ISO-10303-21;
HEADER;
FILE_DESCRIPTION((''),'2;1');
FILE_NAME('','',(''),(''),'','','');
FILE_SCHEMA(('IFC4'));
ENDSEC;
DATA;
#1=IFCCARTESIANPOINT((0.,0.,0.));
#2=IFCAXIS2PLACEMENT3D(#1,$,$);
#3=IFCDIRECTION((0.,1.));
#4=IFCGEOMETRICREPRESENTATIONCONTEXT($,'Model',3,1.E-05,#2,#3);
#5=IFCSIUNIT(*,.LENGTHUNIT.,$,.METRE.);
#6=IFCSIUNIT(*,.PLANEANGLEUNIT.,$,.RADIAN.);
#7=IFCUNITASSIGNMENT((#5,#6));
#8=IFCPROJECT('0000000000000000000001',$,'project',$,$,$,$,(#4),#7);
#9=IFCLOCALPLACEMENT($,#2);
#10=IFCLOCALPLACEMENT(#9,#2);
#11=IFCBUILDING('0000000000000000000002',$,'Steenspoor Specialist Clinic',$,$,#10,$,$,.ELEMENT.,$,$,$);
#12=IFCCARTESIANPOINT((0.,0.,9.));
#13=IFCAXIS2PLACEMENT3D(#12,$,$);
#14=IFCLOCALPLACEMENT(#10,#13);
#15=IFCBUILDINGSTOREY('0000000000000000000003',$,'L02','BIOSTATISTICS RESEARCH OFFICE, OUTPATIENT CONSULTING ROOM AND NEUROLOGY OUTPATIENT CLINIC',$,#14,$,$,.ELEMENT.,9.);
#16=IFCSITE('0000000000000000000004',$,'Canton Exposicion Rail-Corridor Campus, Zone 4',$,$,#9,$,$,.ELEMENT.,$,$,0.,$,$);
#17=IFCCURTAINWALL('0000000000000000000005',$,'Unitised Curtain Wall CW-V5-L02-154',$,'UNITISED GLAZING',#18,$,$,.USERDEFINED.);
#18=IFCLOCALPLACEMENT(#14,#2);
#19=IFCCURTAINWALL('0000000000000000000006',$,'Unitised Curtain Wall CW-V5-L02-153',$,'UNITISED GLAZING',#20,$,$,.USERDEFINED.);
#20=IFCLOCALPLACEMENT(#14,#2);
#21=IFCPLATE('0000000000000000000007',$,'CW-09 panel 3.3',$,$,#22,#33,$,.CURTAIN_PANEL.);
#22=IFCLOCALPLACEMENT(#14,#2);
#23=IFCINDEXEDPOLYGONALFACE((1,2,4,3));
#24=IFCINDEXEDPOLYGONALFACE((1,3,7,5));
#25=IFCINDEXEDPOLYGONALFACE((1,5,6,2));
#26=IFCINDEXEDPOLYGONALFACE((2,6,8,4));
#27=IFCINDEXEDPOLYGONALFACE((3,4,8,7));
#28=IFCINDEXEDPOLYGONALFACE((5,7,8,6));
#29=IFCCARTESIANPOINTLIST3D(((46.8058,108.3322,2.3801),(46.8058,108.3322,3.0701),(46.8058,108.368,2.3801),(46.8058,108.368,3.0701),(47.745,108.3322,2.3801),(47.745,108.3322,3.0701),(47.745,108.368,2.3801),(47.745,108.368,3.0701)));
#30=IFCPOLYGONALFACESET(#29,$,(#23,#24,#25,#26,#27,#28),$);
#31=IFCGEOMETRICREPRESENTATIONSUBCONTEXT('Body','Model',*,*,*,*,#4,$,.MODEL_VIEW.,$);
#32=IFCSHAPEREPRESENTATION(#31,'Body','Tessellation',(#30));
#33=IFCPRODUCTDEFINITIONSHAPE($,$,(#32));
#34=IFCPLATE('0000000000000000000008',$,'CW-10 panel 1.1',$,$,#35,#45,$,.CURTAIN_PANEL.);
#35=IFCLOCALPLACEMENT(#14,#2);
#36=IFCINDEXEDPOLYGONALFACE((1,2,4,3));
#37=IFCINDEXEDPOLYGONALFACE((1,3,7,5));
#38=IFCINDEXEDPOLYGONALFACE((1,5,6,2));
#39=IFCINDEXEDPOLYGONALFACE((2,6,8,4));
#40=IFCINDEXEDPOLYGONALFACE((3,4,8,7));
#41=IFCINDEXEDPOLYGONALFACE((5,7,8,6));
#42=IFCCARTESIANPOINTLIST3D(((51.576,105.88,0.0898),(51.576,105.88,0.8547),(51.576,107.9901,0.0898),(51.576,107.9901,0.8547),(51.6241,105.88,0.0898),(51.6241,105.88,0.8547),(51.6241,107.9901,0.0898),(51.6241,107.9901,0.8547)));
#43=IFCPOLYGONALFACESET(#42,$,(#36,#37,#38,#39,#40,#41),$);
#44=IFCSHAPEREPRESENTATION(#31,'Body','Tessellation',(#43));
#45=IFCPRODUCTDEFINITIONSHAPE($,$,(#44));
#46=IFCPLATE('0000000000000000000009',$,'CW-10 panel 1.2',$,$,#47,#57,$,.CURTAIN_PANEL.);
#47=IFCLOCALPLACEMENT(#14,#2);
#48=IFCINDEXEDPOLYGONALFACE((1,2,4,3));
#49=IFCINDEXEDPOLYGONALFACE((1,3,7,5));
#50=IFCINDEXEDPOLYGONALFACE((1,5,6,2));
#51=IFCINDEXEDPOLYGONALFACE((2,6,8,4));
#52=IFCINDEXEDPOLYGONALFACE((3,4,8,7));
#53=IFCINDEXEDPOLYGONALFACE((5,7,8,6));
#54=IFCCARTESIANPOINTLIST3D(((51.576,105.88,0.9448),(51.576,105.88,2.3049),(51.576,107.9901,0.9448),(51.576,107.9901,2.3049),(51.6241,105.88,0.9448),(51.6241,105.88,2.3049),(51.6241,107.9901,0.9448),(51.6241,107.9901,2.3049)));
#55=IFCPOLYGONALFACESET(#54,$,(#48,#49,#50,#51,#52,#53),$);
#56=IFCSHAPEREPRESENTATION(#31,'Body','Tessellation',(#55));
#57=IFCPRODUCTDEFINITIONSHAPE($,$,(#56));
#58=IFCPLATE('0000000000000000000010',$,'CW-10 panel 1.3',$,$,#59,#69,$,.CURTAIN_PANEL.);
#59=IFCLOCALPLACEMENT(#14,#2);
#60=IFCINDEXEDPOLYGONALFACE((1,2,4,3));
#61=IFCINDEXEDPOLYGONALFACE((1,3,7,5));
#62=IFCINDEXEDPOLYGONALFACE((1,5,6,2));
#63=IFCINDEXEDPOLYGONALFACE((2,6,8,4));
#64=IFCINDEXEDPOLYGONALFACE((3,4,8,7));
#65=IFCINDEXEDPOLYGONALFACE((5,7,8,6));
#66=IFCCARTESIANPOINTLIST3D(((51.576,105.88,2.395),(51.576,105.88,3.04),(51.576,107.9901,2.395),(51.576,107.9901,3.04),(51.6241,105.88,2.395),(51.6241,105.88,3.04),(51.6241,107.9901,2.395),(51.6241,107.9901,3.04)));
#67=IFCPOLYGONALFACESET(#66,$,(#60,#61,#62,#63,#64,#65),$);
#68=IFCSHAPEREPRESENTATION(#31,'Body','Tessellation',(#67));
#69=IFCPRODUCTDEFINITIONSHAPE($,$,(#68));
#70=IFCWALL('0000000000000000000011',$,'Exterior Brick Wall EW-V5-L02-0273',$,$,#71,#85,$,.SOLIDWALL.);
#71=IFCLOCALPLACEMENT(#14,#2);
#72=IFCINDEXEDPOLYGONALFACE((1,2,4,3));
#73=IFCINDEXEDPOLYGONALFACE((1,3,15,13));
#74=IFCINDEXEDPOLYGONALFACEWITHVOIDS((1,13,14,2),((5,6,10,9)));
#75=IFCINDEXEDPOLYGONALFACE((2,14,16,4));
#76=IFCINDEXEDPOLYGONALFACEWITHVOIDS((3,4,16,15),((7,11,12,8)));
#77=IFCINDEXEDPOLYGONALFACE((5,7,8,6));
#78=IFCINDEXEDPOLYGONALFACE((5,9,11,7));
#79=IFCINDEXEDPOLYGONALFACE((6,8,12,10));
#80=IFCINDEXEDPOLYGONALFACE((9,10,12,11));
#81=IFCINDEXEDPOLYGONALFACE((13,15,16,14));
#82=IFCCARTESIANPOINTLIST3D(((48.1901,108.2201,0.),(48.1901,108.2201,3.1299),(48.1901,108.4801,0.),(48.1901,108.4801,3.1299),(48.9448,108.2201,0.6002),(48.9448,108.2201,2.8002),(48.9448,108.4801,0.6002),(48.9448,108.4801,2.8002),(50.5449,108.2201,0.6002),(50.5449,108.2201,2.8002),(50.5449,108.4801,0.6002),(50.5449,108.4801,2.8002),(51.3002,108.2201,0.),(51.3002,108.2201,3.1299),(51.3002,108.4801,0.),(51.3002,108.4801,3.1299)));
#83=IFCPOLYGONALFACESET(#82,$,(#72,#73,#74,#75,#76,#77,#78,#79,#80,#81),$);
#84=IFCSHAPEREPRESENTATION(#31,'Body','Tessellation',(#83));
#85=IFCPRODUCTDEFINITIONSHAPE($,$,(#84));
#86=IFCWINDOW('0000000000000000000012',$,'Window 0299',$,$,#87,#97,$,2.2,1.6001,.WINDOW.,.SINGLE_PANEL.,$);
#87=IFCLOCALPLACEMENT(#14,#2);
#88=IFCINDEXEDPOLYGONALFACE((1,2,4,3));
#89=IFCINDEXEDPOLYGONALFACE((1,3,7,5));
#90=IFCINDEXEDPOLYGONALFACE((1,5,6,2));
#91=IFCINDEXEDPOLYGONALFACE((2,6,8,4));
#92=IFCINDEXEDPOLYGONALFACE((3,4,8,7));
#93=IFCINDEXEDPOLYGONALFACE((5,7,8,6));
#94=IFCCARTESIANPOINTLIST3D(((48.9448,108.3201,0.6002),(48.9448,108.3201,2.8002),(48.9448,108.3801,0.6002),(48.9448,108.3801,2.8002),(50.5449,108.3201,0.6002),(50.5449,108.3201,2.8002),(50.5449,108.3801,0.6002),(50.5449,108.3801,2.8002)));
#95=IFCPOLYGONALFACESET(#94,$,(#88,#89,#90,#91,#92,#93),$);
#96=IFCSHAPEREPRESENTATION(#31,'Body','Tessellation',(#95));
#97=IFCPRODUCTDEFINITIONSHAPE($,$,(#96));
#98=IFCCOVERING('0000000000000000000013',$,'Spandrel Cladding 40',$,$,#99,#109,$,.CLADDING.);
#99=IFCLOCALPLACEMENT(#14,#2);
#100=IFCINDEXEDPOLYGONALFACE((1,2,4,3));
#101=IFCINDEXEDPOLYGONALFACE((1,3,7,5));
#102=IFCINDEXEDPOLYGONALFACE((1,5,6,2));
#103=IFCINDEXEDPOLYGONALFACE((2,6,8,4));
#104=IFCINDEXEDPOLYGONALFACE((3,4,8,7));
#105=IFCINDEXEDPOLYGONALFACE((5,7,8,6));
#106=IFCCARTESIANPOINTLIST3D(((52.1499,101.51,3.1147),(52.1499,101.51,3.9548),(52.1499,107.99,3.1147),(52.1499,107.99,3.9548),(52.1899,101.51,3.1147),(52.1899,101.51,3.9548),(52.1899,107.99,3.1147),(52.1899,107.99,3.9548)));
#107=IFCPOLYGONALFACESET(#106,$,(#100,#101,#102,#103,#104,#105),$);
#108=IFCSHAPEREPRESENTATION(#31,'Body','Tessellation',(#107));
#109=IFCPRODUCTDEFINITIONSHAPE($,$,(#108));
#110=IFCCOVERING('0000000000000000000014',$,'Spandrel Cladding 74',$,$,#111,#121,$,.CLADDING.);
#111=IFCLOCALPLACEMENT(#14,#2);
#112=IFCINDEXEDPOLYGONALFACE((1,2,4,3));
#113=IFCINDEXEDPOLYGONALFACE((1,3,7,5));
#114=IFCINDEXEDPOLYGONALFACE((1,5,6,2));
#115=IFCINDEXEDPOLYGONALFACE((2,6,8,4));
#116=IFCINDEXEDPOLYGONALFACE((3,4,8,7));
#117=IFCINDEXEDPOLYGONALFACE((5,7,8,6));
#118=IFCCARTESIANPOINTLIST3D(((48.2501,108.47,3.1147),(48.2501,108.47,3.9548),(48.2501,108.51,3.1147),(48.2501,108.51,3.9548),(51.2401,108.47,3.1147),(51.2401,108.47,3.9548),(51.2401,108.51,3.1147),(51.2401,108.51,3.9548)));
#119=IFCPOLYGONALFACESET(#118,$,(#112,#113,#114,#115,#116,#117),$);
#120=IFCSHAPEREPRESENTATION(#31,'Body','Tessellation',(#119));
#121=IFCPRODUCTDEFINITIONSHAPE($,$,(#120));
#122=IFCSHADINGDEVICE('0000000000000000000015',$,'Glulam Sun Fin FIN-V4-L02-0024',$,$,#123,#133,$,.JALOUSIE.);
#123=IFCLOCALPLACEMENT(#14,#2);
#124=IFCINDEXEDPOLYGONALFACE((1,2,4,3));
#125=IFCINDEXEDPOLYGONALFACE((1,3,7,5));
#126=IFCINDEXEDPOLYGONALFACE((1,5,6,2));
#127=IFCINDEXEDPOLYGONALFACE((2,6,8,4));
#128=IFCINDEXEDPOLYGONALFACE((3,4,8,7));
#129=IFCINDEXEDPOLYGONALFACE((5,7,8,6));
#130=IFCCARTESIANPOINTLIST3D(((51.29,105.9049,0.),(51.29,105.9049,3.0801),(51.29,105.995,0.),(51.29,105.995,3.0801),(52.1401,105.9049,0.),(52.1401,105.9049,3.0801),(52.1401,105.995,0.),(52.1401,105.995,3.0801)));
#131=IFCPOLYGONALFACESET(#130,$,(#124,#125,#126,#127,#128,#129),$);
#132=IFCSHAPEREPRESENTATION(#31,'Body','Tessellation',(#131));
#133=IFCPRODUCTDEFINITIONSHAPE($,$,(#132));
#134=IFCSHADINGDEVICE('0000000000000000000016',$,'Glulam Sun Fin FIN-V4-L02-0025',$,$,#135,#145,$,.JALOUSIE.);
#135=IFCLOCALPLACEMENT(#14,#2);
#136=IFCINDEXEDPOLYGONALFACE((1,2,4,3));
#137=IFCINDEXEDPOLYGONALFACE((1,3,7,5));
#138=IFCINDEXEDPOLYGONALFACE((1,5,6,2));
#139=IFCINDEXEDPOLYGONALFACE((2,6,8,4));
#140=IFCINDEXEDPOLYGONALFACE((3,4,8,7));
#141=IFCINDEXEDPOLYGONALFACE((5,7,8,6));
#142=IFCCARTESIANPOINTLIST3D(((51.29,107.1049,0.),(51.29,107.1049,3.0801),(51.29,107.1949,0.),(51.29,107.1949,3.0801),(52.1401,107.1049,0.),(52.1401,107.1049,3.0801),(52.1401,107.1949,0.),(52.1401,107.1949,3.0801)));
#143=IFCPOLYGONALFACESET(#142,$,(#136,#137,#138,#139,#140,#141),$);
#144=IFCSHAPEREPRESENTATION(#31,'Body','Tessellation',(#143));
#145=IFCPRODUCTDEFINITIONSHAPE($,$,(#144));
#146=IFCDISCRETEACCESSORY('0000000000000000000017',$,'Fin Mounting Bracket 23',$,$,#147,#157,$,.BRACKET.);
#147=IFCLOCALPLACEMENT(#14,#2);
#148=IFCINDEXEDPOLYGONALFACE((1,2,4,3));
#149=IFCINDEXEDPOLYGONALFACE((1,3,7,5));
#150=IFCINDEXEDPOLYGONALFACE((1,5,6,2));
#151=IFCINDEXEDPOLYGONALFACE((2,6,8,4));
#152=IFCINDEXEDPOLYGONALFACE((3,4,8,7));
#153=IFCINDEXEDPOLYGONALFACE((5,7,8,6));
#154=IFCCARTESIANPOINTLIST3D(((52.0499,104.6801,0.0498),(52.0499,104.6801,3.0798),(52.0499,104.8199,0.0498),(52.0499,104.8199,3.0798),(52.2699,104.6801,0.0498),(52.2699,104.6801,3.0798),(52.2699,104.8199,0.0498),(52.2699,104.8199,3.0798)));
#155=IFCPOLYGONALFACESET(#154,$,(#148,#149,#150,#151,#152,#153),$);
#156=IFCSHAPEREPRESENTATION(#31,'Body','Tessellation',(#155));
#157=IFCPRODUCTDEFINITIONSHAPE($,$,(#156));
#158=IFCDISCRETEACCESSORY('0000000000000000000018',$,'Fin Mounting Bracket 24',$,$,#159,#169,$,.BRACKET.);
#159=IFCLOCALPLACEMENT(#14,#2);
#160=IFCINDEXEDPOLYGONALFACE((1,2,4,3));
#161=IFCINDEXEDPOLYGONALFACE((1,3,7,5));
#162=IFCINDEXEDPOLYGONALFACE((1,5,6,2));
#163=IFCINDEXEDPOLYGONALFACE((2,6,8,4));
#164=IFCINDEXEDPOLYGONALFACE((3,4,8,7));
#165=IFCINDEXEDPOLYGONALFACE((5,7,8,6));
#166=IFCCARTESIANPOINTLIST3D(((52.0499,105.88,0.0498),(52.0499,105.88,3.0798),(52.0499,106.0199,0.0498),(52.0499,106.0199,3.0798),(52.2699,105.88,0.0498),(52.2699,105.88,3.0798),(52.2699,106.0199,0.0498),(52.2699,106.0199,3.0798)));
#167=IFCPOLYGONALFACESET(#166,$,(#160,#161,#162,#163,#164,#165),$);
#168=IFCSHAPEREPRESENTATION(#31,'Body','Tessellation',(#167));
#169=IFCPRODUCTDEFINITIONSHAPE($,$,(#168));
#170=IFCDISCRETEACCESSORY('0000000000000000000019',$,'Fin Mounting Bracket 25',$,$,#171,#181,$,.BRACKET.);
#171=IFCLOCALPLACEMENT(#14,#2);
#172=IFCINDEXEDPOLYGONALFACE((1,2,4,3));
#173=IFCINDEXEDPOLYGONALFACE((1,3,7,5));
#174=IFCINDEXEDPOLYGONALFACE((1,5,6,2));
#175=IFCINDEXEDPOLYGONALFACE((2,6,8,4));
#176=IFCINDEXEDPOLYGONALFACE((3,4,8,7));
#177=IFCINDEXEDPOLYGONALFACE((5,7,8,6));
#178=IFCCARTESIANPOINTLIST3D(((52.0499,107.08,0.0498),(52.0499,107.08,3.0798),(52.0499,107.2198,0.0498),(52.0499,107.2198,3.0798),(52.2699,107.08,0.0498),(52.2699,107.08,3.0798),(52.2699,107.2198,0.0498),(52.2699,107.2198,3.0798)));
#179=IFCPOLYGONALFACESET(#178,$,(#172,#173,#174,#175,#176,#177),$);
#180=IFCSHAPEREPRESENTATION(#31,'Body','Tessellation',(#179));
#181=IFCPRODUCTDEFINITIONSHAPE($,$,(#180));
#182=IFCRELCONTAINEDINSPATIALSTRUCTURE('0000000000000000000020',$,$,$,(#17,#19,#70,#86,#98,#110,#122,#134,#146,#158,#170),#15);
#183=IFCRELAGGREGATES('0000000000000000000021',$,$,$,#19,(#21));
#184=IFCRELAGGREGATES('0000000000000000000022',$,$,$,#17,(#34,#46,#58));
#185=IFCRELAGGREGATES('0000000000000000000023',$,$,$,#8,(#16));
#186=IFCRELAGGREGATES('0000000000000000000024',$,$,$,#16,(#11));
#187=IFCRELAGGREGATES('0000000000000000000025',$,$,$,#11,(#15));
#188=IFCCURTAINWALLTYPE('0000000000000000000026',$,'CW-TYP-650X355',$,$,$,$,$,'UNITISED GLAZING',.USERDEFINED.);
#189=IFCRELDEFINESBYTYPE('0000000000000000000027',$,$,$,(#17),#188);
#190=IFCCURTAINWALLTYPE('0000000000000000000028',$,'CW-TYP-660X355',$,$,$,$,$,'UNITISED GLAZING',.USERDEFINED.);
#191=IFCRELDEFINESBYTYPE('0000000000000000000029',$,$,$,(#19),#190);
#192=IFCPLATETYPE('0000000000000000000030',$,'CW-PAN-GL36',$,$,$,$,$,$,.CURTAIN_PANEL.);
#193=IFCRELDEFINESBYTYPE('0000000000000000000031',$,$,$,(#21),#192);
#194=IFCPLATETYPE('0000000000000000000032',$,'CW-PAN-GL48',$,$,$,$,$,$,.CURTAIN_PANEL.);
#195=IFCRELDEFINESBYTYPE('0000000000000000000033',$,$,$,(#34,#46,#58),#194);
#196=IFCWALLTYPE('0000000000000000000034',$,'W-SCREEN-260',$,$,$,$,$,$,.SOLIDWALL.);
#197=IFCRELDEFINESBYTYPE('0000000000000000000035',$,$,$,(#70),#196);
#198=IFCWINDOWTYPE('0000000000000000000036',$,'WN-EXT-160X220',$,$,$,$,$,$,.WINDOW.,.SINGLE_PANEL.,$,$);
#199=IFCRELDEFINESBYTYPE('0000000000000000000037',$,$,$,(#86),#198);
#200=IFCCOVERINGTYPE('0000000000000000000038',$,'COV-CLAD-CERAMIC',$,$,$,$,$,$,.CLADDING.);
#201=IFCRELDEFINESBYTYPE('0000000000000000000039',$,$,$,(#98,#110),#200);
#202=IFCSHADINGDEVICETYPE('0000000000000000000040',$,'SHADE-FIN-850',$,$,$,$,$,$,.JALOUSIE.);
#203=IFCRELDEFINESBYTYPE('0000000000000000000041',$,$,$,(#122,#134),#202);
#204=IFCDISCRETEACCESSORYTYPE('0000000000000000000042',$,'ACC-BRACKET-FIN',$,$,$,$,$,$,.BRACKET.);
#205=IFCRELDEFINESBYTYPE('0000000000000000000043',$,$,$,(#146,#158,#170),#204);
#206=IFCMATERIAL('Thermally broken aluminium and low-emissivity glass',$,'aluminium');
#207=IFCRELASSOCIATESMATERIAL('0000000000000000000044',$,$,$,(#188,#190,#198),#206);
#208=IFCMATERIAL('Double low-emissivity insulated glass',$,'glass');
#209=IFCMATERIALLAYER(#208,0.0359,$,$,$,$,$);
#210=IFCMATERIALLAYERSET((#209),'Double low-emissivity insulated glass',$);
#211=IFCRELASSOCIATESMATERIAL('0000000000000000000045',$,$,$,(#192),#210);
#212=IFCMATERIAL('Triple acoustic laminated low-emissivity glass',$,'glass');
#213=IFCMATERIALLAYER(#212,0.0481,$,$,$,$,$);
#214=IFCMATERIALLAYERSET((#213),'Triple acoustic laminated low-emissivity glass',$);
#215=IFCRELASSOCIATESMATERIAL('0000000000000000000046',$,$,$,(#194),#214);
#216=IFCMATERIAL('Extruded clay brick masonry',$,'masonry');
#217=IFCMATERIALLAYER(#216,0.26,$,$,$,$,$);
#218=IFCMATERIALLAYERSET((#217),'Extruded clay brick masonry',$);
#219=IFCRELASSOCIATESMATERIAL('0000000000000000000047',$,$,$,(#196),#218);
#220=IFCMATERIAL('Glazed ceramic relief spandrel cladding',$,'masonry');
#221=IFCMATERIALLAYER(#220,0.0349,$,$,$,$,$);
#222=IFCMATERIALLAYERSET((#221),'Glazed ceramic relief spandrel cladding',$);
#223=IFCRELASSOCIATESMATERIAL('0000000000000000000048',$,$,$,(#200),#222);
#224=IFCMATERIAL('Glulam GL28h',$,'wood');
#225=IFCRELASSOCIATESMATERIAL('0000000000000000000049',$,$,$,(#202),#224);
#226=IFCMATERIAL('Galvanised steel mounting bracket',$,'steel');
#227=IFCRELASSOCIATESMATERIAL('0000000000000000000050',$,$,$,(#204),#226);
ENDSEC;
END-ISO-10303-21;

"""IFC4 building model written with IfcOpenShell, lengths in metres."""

from ifc_helpers import new_model, si_unit, direction, frame, frame_2d, origin, origin_2d, place, context, subcontext, project, spatial, rectangle, extrude, material, layer, layer_set, material_profile, profile_set, type_object, element, fill, aggregate, save


model = new_model("IFC4")

# Units and contexts
model_context = context("Model", 3, precision=1e-05, world=origin(), true_north=direction((0.0, 1.0)))
body_context = subcontext(model_context, "Body", "Model", "MODEL_VIEW")
ifc_project = project(units=[si_unit("LENGTHUNIT", "METRE"), si_unit("PLANEANGLEUNIT", "RADIAN")], contexts=[model_context])

# Site, building, storey
site_placement = place(None, origin())
site = spatial("IfcSite", under=ifc_project, at=site_placement, Name="Canton Exposicion Rail-Corridor Campus, Zone 4", CompositionType="ELEMENT", RefElevation=0.0)
building_placement = place(site_placement, origin())
building = spatial("IfcBuilding", under=site, at=building_placement, Name="Steenspoor Specialist Clinic", CompositionType="ELEMENT")
storey_placement = place(building_placement, frame((0.0, 0.0, 9.0)))
storey = spatial("IfcBuildingStorey", under=building, at=storey_placement, Name="L02", Description="BIOSTATISTICS RESEARCH OFFICE, OUTPATIENT CONSULTING ROOM AND NEUROLOGY OUTPATIENT CLINIC", CompositionType="ELEMENT", Elevation=9.0)

# Curtain wall
ifc_material_1 = material(Name="Thermally broken aluminium and low-emissivity glass", Category="aluminium")
curtain_wall_type_1 = type_object("IfcCurtainWallType", Name="CW-TYP-650X355", ElementType="UNITISED GLAZING", PredefinedType="USERDEFINED", material=ifc_material_1)
curtain_wall_1_placement = place(storey_placement, origin())
curtain_wall_1 = element("IfcCurtainWall", 1, at=curtain_wall_1_placement, inside=storey, type_object=curtain_wall_type_1, Name="Unitised Curtain Wall CW-V5-L02-154", ObjectType="UNITISED GLAZING", PredefinedType="USERDEFINED")

# Curtain wall
curtain_wall_type_2 = type_object("IfcCurtainWallType", Name="CW-TYP-660X355", ElementType="UNITISED GLAZING", PredefinedType="USERDEFINED", material=ifc_material_1)
curtain_wall_2_placement = place(storey_placement, origin())
curtain_wall_2 = element("IfcCurtainWall", 2, at=curtain_wall_2_placement, inside=storey, type_object=curtain_wall_type_2, Name="Unitised Curtain Wall CW-V5-L02-153", ObjectType="UNITISED GLAZING", PredefinedType="USERDEFINED")

# Plates
ifc_material_2 = material(Name="Double low-emissivity insulated glass", Category="glass")
ifc_layer_1 = layer(ifc_material_2, 0.0359)
ifc_layer_set_1 = layer_set([ifc_layer_1], Name="Double low-emissivity insulated glass")
plate_type_1 = type_object("IfcPlateType", Name="CW-PAN-GL36", PredefinedType="CURTAIN_PANEL", material=ifc_layer_set_1)
plate_1_placement = place(storey_placement, frame((47.2754, 108.3501, 2.3801), z_axis=(0.0, 0.0, 1.0), x_axis=(1.0, 0.0, 0.0)))
plate_1 = element("IfcPlate", 3, at=plate_1_placement, type_object=plate_type_1, Name="CW-09 panel 3.3", PredefinedType="CURTAIN_PANEL", context=body_context, shape_type="SweptSolid", body=[
    extrude(rectangle(XDim=0.9392, YDim=0.0359, at=origin_2d()), origin(), (0.0, 0.0, 1.0), 0.6899),
])
aggregate(curtain_wall_2, [plate_1])
ifc_material_3 = material(Name="Triple acoustic laminated low-emissivity glass", Category="glass")
ifc_layer_2 = layer(ifc_material_3, 0.0481)
ifc_layer_set_2 = layer_set([ifc_layer_2], Name="Triple acoustic laminated low-emissivity glass")
plate_type_2 = type_object("IfcPlateType", Name="CW-PAN-GL48", PredefinedType="CURTAIN_PANEL", material=ifc_layer_set_2)
plate_2_placement = place(storey_placement, frame((51.6001, 106.9351, 0.0898), z_axis=(0.0, 0.0, 1.0), x_axis=(0.0, -1.0, 0.0)))
plate_2 = element("IfcPlate", 4, at=plate_2_placement, type_object=plate_type_2, Name="CW-10 panel 1.1", PredefinedType="CURTAIN_PANEL", context=body_context, shape_type="SweptSolid", body=[
    extrude(rectangle(XDim=2.1101, YDim=0.0481, at=origin_2d()), origin(), (0.0, 0.0, 1.0), 0.7649),
])
plate_3_placement = place(storey_placement, frame((51.6001, 106.9351, 0.9448), z_axis=(0.0, 0.0, 1.0), x_axis=(0.0, -1.0, 0.0)))
plate_3 = element("IfcPlate", 5, at=plate_3_placement, type_object=plate_type_2, Name="CW-10 panel 1.2", PredefinedType="CURTAIN_PANEL", context=body_context, shape_type="SweptSolid", body=[
    extrude(rectangle(XDim=2.1101, YDim=0.0481, at=origin_2d()), origin(), (0.0, 0.0, 1.0), 1.3601),
])
plate_4_placement = place(storey_placement, frame((51.6001, 106.9351, 2.395), z_axis=(0.0, 0.0, 1.0), x_axis=(0.0, -1.0, 0.0)))
plate_4 = element("IfcPlate", 6, at=plate_4_placement, type_object=plate_type_2, Name="CW-10 panel 1.3", PredefinedType="CURTAIN_PANEL", context=body_context, shape_type="SweptSolid", body=[
    extrude(rectangle(XDim=2.1101, YDim=0.0481, at=origin_2d()), origin(), (0.0, 0.0, 1.0), 0.645),
])
aggregate(curtain_wall_1, [plate_2, plate_3, plate_4])

# Wall, opening, window
ifc_material_4 = material(Name="Extruded clay brick masonry", Category="masonry")
ifc_layer_3 = layer(ifc_material_4, 0.26)
ifc_layer_set_3 = layer_set([ifc_layer_3], Name="Extruded clay brick masonry")
wall_type = type_object("IfcWallType", Name="W-SCREEN-260", PredefinedType="SOLIDWALL", material=ifc_layer_set_3)
wall_placement = place(storey_placement, frame((48.1899, 108.3501, 0.0), z_axis=(0.0, 0.0, 1.0), x_axis=(1.0, 0.0, 0.0)))
wall = element("IfcWall", 7, at=wall_placement, inside=storey, type_object=wall_type, Name="Exterior Brick Wall EW-V5-L02-0273", PredefinedType="SOLIDWALL", context=body_context, shape_type="SweptSolid", body=[
    extrude(rectangle(XDim=3.1101, YDim=0.26, at=frame_2d((1.5552, 0.0))), origin(), (0.0, 0.0, 1.0), 3.1299),
])
opening_placement = place(wall_placement, frame((0.7549, 0.0, 0.6001)))
opening = element("IfcOpeningElement", 8, at=opening_placement, cuts=wall, PredefinedType="OPENING", context=body_context, shape_type="SweptSolid", body=[
    extrude(rectangle(XDim=1.6001, YDim=2.2, at=frame_2d((0.8, 1.1001))), frame((0.0, 0.1401, 0.0), z_axis=(0.0, -1.0, 0.0), x_axis=(1.0, 0.0, 0.0)), (0.0, 0.0, 1.0), 0.28),
])
window_type = type_object("IfcWindowType", Name="WN-EXT-160X220", PartitioningType="SINGLE_PANEL", PredefinedType="WINDOW", material=ifc_material_1)
window_placement = place(opening_placement, origin())
window = element("IfcWindow", 9, at=window_placement, inside=storey, type_object=window_type, Name="Window 0299", OverallHeight=2.2, OverallWidth=1.6001, PartitioningType="SINGLE_PANEL", PredefinedType="WINDOW", context=body_context, shape_type="SweptSolid", body=[
    extrude(rectangle(XDim=1.6001, YDim=2.2, at=frame_2d((0.8, 1.1001))), frame((0.0, 0.03, 0.0), z_axis=(0.0, -1.0, 0.0), x_axis=(1.0, 0.0, 0.0)), (0.0, 0.0, 1.0), 0.0601),
])
fill(opening, window)

# Coverings
ifc_material_5 = material(Name="Glazed ceramic relief spandrel cladding", Category="masonry")
ifc_layer_4 = layer(ifc_material_5, 0.0349)
ifc_layer_set_4 = layer_set([ifc_layer_4], Name="Glazed ceramic relief spandrel cladding")
covering_type = type_object("IfcCoveringType", Name="COV-CLAD-CERAMIC", PredefinedType="CLADDING", material=ifc_layer_set_4)
covering_1_placement = place(storey_placement, frame((52.1699, 104.75, 3.1147), z_axis=(0.0, 0.0, 1.0), x_axis=(0.0, 1.0, 0.0)))
element("IfcCovering", 10, at=covering_1_placement, inside=storey, type_object=covering_type, Name="Spandrel Cladding 40", PredefinedType="CLADDING", context=body_context, shape_type="SweptSolid", body=[
    extrude(rectangle(XDim=6.48, YDim=0.04, at=origin_2d()), origin(), (0.0, 0.0, 1.0), 0.8401),
])
covering_2_placement = place(storey_placement, frame((49.7451, 108.49, 3.1147), z_axis=(0.0, 0.0, 1.0), x_axis=(1.0, 0.0, 0.0)))
element("IfcCovering", 11, at=covering_2_placement, inside=storey, type_object=covering_type, Name="Spandrel Cladding 74", PredefinedType="CLADDING", context=body_context, shape_type="SweptSolid", body=[
    extrude(rectangle(XDim=2.99, YDim=0.04, at=origin_2d()), origin(), (0.0, 0.0, 1.0), 0.8401),
])

# Shading devices
ifc_material_6 = material(Name="Glulam GL28h", Category="wood")
ifc_material_profile_1 = material_profile(ifc_material_6, rectangle(XDim=0.0901, YDim=0.8501, at=origin_2d()), Name="GL28H-90X850")
ifc_profile_set_1 = profile_set([ifc_material_profile_1], Name="Glulam GL28h")
shading_device_type = type_object("IfcShadingDeviceType", Name="SHADE-FIN-850", PredefinedType="JALOUSIE", material=ifc_profile_set_1)
for number, where, z_axis, x_axis, name in (
    (12, (51.7151, 105.95, 0.0), (0.0, 0.0, 1.0), (0.0, 1.0, 0.0), "Glulam Sun Fin FIN-V4-L02-0024"),
    (13, (51.7151, 107.1499, 0.0), (0.0, 0.0, 1.0), (0.0, 1.0, 0.0), "Glulam Sun Fin FIN-V4-L02-0025"),
):
    element("IfcShadingDevice", number, at=place(storey_placement, frame(where, z_axis=z_axis, x_axis=x_axis)), inside=storey, type_object=shading_device_type, Name=name, PredefinedType="JALOUSIE", context=body_context, shape_type="SweptSolid", body=[
        extrude(rectangle(XDim=0.0901, YDim=0.8501, at=origin_2d()), origin(), (0.0, 0.0, 1.0), 3.0801),
    ])

# Discrete accessories
ifc_material_7 = material(Name="Galvanised steel mounting bracket", Category="steel")
discrete_accessory_type = type_object("IfcDiscreteAccessoryType", Name="ACC-BRACKET-FIN", PredefinedType="BRACKET", material=ifc_material_7)
for number, where, z_axis, x_axis, name in (
    (14, (52.1599, 104.75, 0.0498), (0.0, 0.0, 1.0), (-1.0, 0.0, 0.0), "Fin Mounting Bracket 23"),
    (15, (52.1599, 105.95, 0.0498), (0.0, 0.0, 1.0), (-1.0, 0.0, 0.0), "Fin Mounting Bracket 24"),
    (16, (52.1599, 107.1499, 0.0498), (0.0, 0.0, 1.0), (-1.0, 0.0, 0.0), "Fin Mounting Bracket 25"),
):
    element("IfcDiscreteAccessory", number, at=place(storey_placement, frame(where, z_axis=z_axis, x_axis=x_axis)), inside=storey, type_object=discrete_accessory_type, Name=name, PredefinedType="BRACKET", context=body_context, shape_type="SweptSolid", body=[
        extrude(rectangle(XDim=0.22, YDim=0.1399, at=origin_2d()), origin(), (0.0, 0.0, 1.0), 3.03),
    ])

save(model, "model.ifc")
